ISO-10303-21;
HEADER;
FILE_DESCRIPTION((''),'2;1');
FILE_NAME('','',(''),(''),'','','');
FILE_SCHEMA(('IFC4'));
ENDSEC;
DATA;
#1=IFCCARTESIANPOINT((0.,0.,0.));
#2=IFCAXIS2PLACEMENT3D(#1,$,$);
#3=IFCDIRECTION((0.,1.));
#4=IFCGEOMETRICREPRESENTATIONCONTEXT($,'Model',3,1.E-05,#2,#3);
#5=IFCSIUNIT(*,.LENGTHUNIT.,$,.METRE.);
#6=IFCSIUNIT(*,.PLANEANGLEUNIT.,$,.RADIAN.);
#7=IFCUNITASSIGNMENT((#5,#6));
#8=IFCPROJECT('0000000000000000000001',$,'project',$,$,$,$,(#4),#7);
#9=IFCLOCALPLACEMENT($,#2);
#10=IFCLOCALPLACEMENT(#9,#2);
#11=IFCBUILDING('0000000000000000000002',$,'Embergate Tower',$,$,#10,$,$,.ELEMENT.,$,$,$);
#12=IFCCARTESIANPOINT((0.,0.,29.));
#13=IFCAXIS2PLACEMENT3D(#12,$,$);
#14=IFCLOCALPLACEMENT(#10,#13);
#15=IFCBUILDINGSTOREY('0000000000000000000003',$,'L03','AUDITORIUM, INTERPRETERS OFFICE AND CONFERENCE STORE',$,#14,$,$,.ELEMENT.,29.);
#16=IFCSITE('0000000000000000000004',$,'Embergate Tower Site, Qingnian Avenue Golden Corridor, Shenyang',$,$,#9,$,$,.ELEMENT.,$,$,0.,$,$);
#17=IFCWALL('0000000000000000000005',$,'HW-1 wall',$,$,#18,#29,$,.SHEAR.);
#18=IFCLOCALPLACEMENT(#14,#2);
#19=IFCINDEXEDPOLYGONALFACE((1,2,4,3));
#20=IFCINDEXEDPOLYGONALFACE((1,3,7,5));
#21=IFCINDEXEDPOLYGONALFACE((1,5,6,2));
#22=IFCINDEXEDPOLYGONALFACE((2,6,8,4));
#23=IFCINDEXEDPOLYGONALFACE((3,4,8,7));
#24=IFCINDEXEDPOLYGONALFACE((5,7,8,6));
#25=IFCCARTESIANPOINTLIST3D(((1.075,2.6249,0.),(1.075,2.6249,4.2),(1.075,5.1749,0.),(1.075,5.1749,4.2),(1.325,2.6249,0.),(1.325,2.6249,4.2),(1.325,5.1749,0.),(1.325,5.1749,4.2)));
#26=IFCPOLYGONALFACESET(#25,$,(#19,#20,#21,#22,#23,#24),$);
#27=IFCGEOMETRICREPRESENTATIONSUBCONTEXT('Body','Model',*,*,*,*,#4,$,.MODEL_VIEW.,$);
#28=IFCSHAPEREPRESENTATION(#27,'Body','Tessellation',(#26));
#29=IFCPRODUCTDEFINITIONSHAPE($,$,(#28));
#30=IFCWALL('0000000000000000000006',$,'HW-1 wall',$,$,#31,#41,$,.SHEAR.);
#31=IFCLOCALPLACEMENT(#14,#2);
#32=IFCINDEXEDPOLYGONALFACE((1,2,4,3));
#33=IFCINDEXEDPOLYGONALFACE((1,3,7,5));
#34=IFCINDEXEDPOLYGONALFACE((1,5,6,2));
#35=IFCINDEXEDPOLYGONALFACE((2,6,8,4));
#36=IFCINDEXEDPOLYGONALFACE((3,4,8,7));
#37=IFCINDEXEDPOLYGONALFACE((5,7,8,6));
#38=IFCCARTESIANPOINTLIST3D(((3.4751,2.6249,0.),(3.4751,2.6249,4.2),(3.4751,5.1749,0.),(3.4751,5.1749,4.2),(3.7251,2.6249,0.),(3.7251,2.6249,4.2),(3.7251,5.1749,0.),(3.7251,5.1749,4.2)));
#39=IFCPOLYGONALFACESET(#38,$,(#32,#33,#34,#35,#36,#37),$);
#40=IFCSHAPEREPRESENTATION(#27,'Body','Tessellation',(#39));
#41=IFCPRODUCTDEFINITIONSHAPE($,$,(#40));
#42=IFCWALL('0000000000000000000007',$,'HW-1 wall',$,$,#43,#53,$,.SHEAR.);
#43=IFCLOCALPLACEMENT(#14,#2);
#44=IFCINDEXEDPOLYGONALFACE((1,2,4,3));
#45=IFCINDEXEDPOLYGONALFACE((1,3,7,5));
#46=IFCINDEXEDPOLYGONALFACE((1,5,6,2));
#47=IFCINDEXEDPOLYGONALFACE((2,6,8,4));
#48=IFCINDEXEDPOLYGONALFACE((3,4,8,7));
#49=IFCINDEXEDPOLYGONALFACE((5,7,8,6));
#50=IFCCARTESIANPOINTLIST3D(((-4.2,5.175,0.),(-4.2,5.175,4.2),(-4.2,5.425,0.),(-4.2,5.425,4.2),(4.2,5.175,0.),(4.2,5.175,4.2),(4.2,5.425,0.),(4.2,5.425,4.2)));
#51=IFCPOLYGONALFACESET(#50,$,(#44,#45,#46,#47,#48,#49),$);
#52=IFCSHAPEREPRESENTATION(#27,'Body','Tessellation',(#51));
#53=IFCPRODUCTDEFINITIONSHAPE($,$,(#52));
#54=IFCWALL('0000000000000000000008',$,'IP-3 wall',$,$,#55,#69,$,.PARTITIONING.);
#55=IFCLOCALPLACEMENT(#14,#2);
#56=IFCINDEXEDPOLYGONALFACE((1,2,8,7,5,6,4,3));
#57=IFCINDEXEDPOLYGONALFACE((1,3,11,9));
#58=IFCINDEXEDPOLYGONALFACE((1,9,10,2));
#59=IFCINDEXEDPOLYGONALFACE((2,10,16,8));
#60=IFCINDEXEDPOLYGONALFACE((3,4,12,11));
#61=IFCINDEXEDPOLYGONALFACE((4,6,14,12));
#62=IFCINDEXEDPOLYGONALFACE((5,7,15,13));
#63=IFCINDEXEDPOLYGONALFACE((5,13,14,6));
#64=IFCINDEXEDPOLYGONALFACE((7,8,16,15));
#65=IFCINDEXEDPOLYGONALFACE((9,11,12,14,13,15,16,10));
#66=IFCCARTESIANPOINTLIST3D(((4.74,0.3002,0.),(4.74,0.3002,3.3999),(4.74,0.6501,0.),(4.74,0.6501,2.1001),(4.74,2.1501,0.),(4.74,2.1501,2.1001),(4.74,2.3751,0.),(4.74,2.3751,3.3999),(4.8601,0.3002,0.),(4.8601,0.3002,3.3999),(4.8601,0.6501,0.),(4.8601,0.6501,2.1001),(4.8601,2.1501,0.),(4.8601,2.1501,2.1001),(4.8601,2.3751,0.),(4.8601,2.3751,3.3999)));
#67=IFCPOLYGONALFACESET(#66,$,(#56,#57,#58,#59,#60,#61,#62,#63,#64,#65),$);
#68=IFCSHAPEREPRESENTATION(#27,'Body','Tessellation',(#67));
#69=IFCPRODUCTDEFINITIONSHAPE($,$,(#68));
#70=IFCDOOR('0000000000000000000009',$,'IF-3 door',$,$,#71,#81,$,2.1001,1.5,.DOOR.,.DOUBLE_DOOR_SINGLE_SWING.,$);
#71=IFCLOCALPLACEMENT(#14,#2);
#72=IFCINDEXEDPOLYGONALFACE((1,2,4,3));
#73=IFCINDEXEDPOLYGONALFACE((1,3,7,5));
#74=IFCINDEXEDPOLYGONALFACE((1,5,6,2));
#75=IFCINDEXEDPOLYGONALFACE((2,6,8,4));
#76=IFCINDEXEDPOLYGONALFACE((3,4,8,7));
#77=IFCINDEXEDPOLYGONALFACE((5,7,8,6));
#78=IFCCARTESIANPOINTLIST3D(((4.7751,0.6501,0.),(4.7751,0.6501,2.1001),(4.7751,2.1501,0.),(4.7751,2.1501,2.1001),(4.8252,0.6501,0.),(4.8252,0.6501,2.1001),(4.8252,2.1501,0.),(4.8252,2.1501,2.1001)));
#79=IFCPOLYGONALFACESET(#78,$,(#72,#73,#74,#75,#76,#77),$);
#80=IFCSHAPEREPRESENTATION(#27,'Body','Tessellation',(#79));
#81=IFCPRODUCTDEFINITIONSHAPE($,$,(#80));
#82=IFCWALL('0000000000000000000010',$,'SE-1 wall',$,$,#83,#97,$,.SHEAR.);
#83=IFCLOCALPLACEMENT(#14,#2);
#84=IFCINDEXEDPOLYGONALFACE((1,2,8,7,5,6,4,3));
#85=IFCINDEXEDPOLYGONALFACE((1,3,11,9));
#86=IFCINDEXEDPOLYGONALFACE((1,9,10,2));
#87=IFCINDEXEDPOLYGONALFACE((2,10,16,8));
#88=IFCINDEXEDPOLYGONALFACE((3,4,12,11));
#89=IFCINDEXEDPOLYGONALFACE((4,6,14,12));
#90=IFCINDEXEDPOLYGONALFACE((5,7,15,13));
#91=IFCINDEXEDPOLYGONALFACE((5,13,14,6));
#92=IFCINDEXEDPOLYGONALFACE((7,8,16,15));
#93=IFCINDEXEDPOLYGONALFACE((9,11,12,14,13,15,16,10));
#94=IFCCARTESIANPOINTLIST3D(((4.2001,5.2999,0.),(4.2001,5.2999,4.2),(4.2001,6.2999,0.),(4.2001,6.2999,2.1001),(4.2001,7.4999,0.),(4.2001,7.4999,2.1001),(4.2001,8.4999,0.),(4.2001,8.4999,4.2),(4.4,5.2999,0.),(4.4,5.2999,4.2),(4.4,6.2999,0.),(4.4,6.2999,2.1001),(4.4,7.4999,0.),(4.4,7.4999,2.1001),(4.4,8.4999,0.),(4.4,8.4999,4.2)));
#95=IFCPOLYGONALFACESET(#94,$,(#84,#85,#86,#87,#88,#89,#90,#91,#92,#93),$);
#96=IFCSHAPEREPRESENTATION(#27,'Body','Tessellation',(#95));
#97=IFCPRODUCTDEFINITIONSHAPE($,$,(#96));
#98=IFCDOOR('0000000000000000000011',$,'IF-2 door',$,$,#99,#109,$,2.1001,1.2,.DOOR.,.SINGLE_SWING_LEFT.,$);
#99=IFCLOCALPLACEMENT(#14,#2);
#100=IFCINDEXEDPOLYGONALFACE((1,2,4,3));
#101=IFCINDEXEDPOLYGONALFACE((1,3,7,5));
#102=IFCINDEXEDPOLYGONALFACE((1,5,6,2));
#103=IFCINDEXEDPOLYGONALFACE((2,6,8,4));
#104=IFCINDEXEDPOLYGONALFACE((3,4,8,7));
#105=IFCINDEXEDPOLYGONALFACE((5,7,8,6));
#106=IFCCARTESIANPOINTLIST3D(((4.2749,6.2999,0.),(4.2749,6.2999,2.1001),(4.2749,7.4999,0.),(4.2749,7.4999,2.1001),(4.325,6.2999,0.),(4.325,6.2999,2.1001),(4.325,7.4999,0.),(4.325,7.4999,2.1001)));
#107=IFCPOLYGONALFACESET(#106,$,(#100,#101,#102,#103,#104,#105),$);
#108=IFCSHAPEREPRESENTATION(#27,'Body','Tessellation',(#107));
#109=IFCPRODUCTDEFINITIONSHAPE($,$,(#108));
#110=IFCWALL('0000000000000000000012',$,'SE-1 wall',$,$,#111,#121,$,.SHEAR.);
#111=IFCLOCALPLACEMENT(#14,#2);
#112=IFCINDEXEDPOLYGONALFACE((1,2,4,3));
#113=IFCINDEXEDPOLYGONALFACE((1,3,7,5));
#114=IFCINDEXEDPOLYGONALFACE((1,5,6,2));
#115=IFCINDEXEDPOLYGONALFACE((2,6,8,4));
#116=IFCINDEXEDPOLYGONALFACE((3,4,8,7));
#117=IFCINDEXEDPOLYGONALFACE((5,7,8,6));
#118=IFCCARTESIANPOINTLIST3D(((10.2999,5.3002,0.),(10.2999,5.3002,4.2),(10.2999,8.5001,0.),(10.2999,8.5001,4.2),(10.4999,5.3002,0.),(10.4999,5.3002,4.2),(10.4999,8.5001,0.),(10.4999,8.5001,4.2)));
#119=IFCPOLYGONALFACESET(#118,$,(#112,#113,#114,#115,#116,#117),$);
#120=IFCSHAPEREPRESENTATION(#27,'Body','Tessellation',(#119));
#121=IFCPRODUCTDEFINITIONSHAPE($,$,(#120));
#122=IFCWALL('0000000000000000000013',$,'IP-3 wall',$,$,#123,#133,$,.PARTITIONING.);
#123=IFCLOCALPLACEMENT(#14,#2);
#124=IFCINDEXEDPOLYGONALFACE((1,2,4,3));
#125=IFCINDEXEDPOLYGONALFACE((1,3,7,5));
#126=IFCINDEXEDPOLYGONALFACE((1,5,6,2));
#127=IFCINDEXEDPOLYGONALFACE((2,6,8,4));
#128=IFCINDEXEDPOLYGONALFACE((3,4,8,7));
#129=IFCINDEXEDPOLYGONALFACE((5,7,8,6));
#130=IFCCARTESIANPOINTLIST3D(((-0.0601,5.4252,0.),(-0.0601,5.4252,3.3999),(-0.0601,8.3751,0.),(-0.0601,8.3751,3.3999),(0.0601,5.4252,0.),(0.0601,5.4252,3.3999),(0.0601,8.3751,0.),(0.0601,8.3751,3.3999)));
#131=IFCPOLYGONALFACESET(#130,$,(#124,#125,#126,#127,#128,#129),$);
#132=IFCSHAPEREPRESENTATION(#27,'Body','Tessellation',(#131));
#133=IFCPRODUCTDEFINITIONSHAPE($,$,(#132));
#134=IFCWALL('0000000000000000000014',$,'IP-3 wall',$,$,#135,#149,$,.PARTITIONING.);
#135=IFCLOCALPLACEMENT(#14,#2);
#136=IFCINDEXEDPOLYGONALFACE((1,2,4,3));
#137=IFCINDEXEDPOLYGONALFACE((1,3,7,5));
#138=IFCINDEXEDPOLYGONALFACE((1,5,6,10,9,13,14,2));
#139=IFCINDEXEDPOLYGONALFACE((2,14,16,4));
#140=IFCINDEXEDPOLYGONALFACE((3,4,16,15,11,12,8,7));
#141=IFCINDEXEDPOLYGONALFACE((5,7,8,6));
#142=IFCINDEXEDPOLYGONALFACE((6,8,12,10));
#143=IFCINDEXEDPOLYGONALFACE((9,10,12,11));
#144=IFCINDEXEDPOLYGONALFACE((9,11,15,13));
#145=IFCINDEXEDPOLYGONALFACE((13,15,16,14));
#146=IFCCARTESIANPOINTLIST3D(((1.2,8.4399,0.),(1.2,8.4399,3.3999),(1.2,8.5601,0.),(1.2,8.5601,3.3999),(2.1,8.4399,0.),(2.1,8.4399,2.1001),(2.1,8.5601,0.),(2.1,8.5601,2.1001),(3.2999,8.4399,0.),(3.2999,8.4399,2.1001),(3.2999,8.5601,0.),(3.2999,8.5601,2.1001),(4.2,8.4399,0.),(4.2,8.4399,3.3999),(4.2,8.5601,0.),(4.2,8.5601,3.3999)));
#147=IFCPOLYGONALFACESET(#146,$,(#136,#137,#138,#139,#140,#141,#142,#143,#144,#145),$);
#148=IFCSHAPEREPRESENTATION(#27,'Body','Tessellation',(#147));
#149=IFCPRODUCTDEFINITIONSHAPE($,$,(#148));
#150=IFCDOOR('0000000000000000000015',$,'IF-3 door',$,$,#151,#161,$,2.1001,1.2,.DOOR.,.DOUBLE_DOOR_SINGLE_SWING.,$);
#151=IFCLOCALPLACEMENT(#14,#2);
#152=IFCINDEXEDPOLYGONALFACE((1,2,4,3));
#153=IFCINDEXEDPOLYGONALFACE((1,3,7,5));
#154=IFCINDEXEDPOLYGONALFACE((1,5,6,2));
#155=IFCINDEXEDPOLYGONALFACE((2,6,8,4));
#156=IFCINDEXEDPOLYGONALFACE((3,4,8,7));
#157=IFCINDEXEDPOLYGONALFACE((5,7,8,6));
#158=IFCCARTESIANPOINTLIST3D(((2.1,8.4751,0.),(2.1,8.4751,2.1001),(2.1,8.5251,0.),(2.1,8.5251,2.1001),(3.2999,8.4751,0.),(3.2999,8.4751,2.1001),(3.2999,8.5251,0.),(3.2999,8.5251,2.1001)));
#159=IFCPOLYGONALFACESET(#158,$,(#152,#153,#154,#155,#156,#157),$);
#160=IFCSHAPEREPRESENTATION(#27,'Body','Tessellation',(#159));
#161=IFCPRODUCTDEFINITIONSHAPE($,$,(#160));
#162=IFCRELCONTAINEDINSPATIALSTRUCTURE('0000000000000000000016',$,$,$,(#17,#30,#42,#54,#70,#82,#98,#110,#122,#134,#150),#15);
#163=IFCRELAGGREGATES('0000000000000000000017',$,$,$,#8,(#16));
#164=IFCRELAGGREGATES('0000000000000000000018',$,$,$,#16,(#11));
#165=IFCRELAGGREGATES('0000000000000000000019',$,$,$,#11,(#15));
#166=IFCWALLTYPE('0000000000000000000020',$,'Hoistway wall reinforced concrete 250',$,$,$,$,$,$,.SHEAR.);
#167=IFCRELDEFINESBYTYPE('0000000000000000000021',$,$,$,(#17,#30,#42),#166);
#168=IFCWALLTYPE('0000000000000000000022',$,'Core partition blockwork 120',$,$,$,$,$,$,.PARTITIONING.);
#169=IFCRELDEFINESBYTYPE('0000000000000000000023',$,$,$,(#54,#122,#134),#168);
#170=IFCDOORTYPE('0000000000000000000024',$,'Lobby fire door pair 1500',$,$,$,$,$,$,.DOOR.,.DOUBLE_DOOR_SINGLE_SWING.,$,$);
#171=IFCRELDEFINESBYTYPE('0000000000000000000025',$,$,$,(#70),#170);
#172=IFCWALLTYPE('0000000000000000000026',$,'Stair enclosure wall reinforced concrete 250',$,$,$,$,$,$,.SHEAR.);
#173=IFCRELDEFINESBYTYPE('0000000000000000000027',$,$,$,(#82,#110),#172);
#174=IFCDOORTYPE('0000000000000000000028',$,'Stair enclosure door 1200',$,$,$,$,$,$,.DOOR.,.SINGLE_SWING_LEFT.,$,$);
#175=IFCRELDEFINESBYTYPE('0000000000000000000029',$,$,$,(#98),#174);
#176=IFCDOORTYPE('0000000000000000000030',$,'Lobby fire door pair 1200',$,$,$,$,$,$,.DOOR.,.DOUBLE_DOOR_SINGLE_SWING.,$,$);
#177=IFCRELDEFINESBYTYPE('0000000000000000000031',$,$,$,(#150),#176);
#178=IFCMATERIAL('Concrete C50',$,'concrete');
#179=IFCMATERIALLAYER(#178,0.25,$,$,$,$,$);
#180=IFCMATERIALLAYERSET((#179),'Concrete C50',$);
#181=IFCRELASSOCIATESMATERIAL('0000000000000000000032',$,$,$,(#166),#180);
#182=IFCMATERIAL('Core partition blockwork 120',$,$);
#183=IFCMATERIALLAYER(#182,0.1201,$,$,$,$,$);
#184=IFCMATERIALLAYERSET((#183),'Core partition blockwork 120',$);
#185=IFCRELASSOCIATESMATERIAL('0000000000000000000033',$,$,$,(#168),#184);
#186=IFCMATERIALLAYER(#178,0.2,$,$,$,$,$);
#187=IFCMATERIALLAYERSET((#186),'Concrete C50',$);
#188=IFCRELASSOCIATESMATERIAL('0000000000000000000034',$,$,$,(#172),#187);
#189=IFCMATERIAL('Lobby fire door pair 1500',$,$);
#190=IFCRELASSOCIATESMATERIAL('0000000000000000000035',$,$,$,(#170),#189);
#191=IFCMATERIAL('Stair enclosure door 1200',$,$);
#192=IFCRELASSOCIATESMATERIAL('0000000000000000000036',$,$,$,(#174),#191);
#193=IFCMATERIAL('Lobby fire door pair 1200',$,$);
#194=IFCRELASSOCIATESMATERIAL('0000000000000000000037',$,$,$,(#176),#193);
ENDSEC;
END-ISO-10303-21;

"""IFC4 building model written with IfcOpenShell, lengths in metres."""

from ifc_helpers import new_model, si_unit, direction, frame, frame_2d, origin, place, context, subcontext, project, spatial, rectangle, extrude, source, transform, mapped, material, layer, layer_set, type_object, element, fill, save


model = new_model("IFC4")

# Units and contexts
model_context = context("Model", 3, precision=1e-05, world=origin(), true_north=direction((0.0, 1.0)))
body_context = subcontext(model_context, "Body", "Model", "MODEL_VIEW")
ifc_project = project(units=[si_unit("LENGTHUNIT", "METRE"), si_unit("PLANEANGLEUNIT", "RADIAN")], contexts=[model_context])

# Site, building, storey
site_placement = place(None, origin())
site = spatial("IfcSite", under=ifc_project, at=site_placement, Name="Embergate Tower Site, Qingnian Avenue Golden Corridor, Shenyang", CompositionType="ELEMENT", RefElevation=0.0)
building_placement = place(site_placement, origin())
building = spatial("IfcBuilding", under=site, at=building_placement, Name="Embergate Tower", CompositionType="ELEMENT")
storey_placement = place(building_placement, frame((0.0, 0.0, 29.0)))
storey = spatial("IfcBuildingStorey", under=building, at=storey_placement, Name="L03", Description="AUDITORIUM, INTERPRETERS OFFICE AND CONFERENCE STORE", CompositionType="ELEMENT", Elevation=29.0)

# Shared definitions
ifc_material_1 = material(Name="Concrete C50", Category="concrete")
ifc_layer_1 = layer(ifc_material_1, 0.25)
ifc_layer_set_1 = layer_set([ifc_layer_1], Name="Concrete C50")
wall_type_1 = type_object("IfcWallType", Name="Hoistway wall reinforced concrete 250", PredefinedType="SHEAR", material=ifc_layer_set_1)

# Shared definitions
ifc_material_2 = material(Name="Core partition blockwork 120")
ifc_layer_2 = layer(ifc_material_2, 0.1201)
ifc_layer_set_2 = layer_set([ifc_layer_2], Name="Core partition blockwork 120")
wall_type_2 = type_object("IfcWallType", Name="Core partition blockwork 120", PredefinedType="PARTITIONING", material=ifc_layer_set_2)

# Walls
ifc_layer_3 = layer(ifc_material_1, 0.2)
ifc_layer_set_3 = layer_set([ifc_layer_3], Name="Concrete C50")
wall_type_3 = type_object("IfcWallType", Name="Stair enclosure wall reinforced concrete 250", PredefinedType="SHEAR", material=ifc_layer_set_3)
shared_shape_1 = source(origin(), body_context, "Body", "SweptSolid", [
    extrude(rectangle(XDim=2.55, YDim=0.25, at=frame_2d((1.2749, 0.0))), origin(), (0.0, 0.0, 1.0), 4.2),
])
for number, where, z_axis, x_axis, name in (
    (1, (1.2, 2.625, 0.0), (0.0, 0.0, 1.0), (0.0, 1.0, 0.0), "HW-1 wall"),
    (2, (3.6001, 2.625, 0.0), (0.0, 0.0, 1.0), (0.0, 1.0, 0.0), "HW-1 wall"),
):
    element("IfcWall", number, at=place(storey_placement, frame(where, z_axis=z_axis, x_axis=x_axis)), inside=storey, type_object=wall_type_1, Name=name, PredefinedType="SHEAR", context=body_context, shape_type="MappedRepresentation", body=[
        mapped(shared_shape_1, transform((0.0, 0.0, 0.0))),
    ])
shared_shape_2 = source(origin(), body_context, "Body", "SweptSolid", [
    extrude(rectangle(XDim=8.3999, YDim=0.25, at=frame_2d((4.2, 0.0))), origin(), (0.0, 0.0, 1.0), 4.2),
])
wall_1_placement = place(storey_placement, frame((4.2, 5.3, 0.0), z_axis=(0.0, 0.0, 1.0), x_axis=(-1.0, 0.0, 0.0)))
element("IfcWall", 3, at=wall_1_placement, inside=storey, type_object=wall_type_1, Name="HW-1 wall", PredefinedType="SHEAR", context=body_context, shape_type="MappedRepresentation", body=[
    mapped(shared_shape_2, transform((0.0, 0.0, 0.0))),
])

# Walls, openings, doors
shared_shape_3 = source(origin(), body_context, "Body", "SweptSolid", [
    extrude(rectangle(XDim=2.075, YDim=0.1201, at=frame_2d((1.0376, 0.0))), origin(), (0.0, 0.0, 1.0), 3.3999),
])
wall_2_placement = place(storey_placement, frame((4.8, 0.3, 0.0), z_axis=(0.0, 0.0, 1.0), x_axis=(0.0, 1.0, 0.0)))
wall_2 = element("IfcWall", 4, at=wall_2_placement, inside=storey, type_object=wall_type_2, Name="IP-3 wall", PredefinedType="PARTITIONING", context=body_context, shape_type="MappedRepresentation", body=[
    mapped(shared_shape_3, transform((0.0, 0.0, 0.0))),
])
shared_shape_4 = source(origin(), body_context, "Body", "SweptSolid", [
    extrude(rectangle(XDim=1.5, YDim=2.1001, at=frame_2d((0.75, 1.05))), frame((0.0, 0.0701, 0.0), z_axis=(0.0, -1.0, 0.0), x_axis=(1.0, 0.0, 0.0)), (0.0, 0.0, 1.0), 0.1401),
])
opening_1_placement = place(wall_2_placement, frame((0.3501, 0.0, 0.0)))
opening_1 = element("IfcOpeningElement", 5, at=opening_1_placement, cuts=wall_2, PredefinedType="OPENING", context=body_context, shape_type="MappedRepresentation", body=[
    mapped(shared_shape_4, transform((0.0, 0.0, 0.0))),
])
ifc_material_3 = material(Name="Lobby fire door pair 1500")
door_type_1 = type_object("IfcDoorType", Name="Lobby fire door pair 1500", OperationType="DOUBLE_DOOR_SINGLE_SWING", PredefinedType="DOOR", material=ifc_material_3)
shared_shape_5 = source(origin(), body_context, "Body", "SweptSolid", [
    extrude(rectangle(XDim=1.5, YDim=2.1001, at=frame_2d((0.75, 1.05))), frame((0.0, 0.0249, 0.0), z_axis=(0.0, -1.0, 0.0), x_axis=(1.0, 0.0, 0.0)), (0.0, 0.0, 1.0), 0.05),
])
door_1_placement = place(opening_1_placement, origin())
door_1 = element("IfcDoor", 6, at=door_1_placement, inside=storey, type_object=door_type_1, Name="IF-3 door", OperationType="DOUBLE_DOOR_SINGLE_SWING", OverallHeight=2.1001, OverallWidth=1.5, PredefinedType="DOOR", context=body_context, shape_type="MappedRepresentation", body=[
    mapped(shared_shape_5, transform((0.0, 0.0, 0.0))),
])
fill(opening_1, door_1)
shared_shape_6 = source(origin(), body_context, "Body", "SweptSolid", [
    extrude(rectangle(XDim=3.2, YDim=0.2, at=frame_2d((1.6001, 0.0))), origin(), (0.0, 0.0, 1.0), 4.2),
])
wall_3_placement = place(storey_placement, frame((4.3, 8.5, 0.0), z_axis=(0.0, 0.0, 1.0), x_axis=(0.0, -1.0, 0.0)))
wall_3 = element("IfcWall", 7, at=wall_3_placement, inside=storey, type_object=wall_type_3, Name="SE-1 wall", PredefinedType="SHEAR", context=body_context, shape_type="MappedRepresentation", body=[
    mapped(shared_shape_6, transform((0.0, 0.0, 0.0))),
])
shared_shape_7 = source(origin(), body_context, "Body", "SweptSolid", [
    extrude(rectangle(XDim=1.2, YDim=2.1001, at=frame_2d((0.6001, 1.05))), frame((0.0, 0.1099, 0.0), z_axis=(0.0, -1.0, 0.0), x_axis=(1.0, 0.0, 0.0)), (0.0, 0.0, 1.0), 0.22),
])
opening_2_placement = place(wall_3_placement, frame((1.0, 0.0, 0.0)))
opening_2 = element("IfcOpeningElement", 8, at=opening_2_placement, cuts=wall_3, PredefinedType="OPENING", context=body_context, shape_type="MappedRepresentation", body=[
    mapped(shared_shape_7, transform((0.0, 0.0, 0.0))),
])
ifc_material_4 = material(Name="Stair enclosure door 1200")
door_type_2 = type_object("IfcDoorType", Name="Stair enclosure door 1200", OperationType="SINGLE_SWING_LEFT", PredefinedType="DOOR", material=ifc_material_4)
shared_shape_8 = source(origin(), body_context, "Body", "SweptSolid", [
    extrude(rectangle(XDim=1.2, YDim=2.1001, at=frame_2d((0.6001, 1.05))), frame((0.0, 0.0249, 0.0), z_axis=(0.0, -1.0, 0.0), x_axis=(1.0, 0.0, 0.0)), (0.0, 0.0, 1.0), 0.05),
])
door_2_placement = place(opening_2_placement, origin())
door_2 = element("IfcDoor", 9, at=door_2_placement, inside=storey, type_object=door_type_2, Name="IF-2 door", OperationType="SINGLE_SWING_LEFT", OverallHeight=2.1001, OverallWidth=1.2, PredefinedType="DOOR", context=body_context, shape_type="MappedRepresentation", body=[
    mapped(shared_shape_8, transform((0.0, 0.0, 0.0))),
])
fill(opening_2, door_2)

# Walls
wall_4_placement = place(storey_placement, frame((10.3999, 5.3, 0.0), z_axis=(0.0, 0.0, 1.0), x_axis=(0.0, 1.0, 0.0)))
element("IfcWall", 10, at=wall_4_placement, inside=storey, type_object=wall_type_3, Name="SE-1 wall", PredefinedType="SHEAR", context=body_context, shape_type="MappedRepresentation", body=[
    mapped(shared_shape_6, transform((0.0, 0.0, 0.0))),
])
shared_shape_9 = source(origin(), body_context, "Body", "SweptSolid", [
    extrude(rectangle(XDim=2.95, YDim=0.1201, at=frame_2d((1.4751, 0.0))), origin(), (0.0, 0.0, 1.0), 3.3999),
])
wall_5_placement = place(storey_placement, frame((0.0, 5.425, 0.0), z_axis=(0.0, 0.0, 1.0), x_axis=(0.0, 1.0, 0.0)))
element("IfcWall", 11, at=wall_5_placement, inside=storey, type_object=wall_type_2, Name="IP-3 wall", PredefinedType="PARTITIONING", context=body_context, shape_type="MappedRepresentation", body=[
    mapped(shared_shape_9, transform((0.0, 0.0, 0.0))),
])

# Wall, opening, door
shared_shape_10 = source(origin(), body_context, "Body", "SweptSolid", [
    extrude(rectangle(XDim=3.0, YDim=0.1201, at=frame_2d((1.5, 0.0))), origin(), (0.0, 0.0, 1.0), 3.3999),
])
wall_6_placement = place(storey_placement, frame((4.2, 8.5, 0.0), z_axis=(0.0, 0.0, 1.0), x_axis=(-1.0, 0.0, 0.0)))
wall_6 = element("IfcWall", 12, at=wall_6_placement, inside=storey, type_object=wall_type_2, Name="IP-3 wall", PredefinedType="PARTITIONING", context=body_context, shape_type="MappedRepresentation", body=[
    mapped(shared_shape_10, transform((0.0, 0.0, 0.0))),
])
shared_shape_11 = source(origin(), body_context, "Body", "SweptSolid", [
    extrude(rectangle(XDim=1.2, YDim=2.1001, at=frame_2d((0.6001, 1.05))), frame((0.0, 0.0701, 0.0), z_axis=(0.0, -1.0, 0.0), x_axis=(1.0, 0.0, 0.0)), (0.0, 0.0, 1.0), 0.1401),
])
opening_3_placement = place(wall_6_placement, frame((0.8999, 0.0, 0.0)))
opening_3 = element("IfcOpeningElement", 13, at=opening_3_placement, cuts=wall_6, PredefinedType="OPENING", context=body_context, shape_type="MappedRepresentation", body=[
    mapped(shared_shape_11, transform((0.0, 0.0, 0.0))),
])
ifc_material_5 = material(Name="Lobby fire door pair 1200")
door_type_3 = type_object("IfcDoorType", Name="Lobby fire door pair 1200", OperationType="DOUBLE_DOOR_SINGLE_SWING", PredefinedType="DOOR", material=ifc_material_5)
door_3_placement = place(opening_3_placement, origin())
door_3 = element("IfcDoor", 14, at=door_3_placement, inside=storey, type_object=door_type_3, Name="IF-3 door", OperationType="DOUBLE_DOOR_SINGLE_SWING", OverallHeight=2.1001, OverallWidth=1.2, PredefinedType="DOOR", context=body_context, shape_type="MappedRepresentation", body=[
    mapped(shared_shape_8, transform((0.0, 0.0, 0.0))),
])
fill(opening_3, door_3)

save(model, "model.ifc")
